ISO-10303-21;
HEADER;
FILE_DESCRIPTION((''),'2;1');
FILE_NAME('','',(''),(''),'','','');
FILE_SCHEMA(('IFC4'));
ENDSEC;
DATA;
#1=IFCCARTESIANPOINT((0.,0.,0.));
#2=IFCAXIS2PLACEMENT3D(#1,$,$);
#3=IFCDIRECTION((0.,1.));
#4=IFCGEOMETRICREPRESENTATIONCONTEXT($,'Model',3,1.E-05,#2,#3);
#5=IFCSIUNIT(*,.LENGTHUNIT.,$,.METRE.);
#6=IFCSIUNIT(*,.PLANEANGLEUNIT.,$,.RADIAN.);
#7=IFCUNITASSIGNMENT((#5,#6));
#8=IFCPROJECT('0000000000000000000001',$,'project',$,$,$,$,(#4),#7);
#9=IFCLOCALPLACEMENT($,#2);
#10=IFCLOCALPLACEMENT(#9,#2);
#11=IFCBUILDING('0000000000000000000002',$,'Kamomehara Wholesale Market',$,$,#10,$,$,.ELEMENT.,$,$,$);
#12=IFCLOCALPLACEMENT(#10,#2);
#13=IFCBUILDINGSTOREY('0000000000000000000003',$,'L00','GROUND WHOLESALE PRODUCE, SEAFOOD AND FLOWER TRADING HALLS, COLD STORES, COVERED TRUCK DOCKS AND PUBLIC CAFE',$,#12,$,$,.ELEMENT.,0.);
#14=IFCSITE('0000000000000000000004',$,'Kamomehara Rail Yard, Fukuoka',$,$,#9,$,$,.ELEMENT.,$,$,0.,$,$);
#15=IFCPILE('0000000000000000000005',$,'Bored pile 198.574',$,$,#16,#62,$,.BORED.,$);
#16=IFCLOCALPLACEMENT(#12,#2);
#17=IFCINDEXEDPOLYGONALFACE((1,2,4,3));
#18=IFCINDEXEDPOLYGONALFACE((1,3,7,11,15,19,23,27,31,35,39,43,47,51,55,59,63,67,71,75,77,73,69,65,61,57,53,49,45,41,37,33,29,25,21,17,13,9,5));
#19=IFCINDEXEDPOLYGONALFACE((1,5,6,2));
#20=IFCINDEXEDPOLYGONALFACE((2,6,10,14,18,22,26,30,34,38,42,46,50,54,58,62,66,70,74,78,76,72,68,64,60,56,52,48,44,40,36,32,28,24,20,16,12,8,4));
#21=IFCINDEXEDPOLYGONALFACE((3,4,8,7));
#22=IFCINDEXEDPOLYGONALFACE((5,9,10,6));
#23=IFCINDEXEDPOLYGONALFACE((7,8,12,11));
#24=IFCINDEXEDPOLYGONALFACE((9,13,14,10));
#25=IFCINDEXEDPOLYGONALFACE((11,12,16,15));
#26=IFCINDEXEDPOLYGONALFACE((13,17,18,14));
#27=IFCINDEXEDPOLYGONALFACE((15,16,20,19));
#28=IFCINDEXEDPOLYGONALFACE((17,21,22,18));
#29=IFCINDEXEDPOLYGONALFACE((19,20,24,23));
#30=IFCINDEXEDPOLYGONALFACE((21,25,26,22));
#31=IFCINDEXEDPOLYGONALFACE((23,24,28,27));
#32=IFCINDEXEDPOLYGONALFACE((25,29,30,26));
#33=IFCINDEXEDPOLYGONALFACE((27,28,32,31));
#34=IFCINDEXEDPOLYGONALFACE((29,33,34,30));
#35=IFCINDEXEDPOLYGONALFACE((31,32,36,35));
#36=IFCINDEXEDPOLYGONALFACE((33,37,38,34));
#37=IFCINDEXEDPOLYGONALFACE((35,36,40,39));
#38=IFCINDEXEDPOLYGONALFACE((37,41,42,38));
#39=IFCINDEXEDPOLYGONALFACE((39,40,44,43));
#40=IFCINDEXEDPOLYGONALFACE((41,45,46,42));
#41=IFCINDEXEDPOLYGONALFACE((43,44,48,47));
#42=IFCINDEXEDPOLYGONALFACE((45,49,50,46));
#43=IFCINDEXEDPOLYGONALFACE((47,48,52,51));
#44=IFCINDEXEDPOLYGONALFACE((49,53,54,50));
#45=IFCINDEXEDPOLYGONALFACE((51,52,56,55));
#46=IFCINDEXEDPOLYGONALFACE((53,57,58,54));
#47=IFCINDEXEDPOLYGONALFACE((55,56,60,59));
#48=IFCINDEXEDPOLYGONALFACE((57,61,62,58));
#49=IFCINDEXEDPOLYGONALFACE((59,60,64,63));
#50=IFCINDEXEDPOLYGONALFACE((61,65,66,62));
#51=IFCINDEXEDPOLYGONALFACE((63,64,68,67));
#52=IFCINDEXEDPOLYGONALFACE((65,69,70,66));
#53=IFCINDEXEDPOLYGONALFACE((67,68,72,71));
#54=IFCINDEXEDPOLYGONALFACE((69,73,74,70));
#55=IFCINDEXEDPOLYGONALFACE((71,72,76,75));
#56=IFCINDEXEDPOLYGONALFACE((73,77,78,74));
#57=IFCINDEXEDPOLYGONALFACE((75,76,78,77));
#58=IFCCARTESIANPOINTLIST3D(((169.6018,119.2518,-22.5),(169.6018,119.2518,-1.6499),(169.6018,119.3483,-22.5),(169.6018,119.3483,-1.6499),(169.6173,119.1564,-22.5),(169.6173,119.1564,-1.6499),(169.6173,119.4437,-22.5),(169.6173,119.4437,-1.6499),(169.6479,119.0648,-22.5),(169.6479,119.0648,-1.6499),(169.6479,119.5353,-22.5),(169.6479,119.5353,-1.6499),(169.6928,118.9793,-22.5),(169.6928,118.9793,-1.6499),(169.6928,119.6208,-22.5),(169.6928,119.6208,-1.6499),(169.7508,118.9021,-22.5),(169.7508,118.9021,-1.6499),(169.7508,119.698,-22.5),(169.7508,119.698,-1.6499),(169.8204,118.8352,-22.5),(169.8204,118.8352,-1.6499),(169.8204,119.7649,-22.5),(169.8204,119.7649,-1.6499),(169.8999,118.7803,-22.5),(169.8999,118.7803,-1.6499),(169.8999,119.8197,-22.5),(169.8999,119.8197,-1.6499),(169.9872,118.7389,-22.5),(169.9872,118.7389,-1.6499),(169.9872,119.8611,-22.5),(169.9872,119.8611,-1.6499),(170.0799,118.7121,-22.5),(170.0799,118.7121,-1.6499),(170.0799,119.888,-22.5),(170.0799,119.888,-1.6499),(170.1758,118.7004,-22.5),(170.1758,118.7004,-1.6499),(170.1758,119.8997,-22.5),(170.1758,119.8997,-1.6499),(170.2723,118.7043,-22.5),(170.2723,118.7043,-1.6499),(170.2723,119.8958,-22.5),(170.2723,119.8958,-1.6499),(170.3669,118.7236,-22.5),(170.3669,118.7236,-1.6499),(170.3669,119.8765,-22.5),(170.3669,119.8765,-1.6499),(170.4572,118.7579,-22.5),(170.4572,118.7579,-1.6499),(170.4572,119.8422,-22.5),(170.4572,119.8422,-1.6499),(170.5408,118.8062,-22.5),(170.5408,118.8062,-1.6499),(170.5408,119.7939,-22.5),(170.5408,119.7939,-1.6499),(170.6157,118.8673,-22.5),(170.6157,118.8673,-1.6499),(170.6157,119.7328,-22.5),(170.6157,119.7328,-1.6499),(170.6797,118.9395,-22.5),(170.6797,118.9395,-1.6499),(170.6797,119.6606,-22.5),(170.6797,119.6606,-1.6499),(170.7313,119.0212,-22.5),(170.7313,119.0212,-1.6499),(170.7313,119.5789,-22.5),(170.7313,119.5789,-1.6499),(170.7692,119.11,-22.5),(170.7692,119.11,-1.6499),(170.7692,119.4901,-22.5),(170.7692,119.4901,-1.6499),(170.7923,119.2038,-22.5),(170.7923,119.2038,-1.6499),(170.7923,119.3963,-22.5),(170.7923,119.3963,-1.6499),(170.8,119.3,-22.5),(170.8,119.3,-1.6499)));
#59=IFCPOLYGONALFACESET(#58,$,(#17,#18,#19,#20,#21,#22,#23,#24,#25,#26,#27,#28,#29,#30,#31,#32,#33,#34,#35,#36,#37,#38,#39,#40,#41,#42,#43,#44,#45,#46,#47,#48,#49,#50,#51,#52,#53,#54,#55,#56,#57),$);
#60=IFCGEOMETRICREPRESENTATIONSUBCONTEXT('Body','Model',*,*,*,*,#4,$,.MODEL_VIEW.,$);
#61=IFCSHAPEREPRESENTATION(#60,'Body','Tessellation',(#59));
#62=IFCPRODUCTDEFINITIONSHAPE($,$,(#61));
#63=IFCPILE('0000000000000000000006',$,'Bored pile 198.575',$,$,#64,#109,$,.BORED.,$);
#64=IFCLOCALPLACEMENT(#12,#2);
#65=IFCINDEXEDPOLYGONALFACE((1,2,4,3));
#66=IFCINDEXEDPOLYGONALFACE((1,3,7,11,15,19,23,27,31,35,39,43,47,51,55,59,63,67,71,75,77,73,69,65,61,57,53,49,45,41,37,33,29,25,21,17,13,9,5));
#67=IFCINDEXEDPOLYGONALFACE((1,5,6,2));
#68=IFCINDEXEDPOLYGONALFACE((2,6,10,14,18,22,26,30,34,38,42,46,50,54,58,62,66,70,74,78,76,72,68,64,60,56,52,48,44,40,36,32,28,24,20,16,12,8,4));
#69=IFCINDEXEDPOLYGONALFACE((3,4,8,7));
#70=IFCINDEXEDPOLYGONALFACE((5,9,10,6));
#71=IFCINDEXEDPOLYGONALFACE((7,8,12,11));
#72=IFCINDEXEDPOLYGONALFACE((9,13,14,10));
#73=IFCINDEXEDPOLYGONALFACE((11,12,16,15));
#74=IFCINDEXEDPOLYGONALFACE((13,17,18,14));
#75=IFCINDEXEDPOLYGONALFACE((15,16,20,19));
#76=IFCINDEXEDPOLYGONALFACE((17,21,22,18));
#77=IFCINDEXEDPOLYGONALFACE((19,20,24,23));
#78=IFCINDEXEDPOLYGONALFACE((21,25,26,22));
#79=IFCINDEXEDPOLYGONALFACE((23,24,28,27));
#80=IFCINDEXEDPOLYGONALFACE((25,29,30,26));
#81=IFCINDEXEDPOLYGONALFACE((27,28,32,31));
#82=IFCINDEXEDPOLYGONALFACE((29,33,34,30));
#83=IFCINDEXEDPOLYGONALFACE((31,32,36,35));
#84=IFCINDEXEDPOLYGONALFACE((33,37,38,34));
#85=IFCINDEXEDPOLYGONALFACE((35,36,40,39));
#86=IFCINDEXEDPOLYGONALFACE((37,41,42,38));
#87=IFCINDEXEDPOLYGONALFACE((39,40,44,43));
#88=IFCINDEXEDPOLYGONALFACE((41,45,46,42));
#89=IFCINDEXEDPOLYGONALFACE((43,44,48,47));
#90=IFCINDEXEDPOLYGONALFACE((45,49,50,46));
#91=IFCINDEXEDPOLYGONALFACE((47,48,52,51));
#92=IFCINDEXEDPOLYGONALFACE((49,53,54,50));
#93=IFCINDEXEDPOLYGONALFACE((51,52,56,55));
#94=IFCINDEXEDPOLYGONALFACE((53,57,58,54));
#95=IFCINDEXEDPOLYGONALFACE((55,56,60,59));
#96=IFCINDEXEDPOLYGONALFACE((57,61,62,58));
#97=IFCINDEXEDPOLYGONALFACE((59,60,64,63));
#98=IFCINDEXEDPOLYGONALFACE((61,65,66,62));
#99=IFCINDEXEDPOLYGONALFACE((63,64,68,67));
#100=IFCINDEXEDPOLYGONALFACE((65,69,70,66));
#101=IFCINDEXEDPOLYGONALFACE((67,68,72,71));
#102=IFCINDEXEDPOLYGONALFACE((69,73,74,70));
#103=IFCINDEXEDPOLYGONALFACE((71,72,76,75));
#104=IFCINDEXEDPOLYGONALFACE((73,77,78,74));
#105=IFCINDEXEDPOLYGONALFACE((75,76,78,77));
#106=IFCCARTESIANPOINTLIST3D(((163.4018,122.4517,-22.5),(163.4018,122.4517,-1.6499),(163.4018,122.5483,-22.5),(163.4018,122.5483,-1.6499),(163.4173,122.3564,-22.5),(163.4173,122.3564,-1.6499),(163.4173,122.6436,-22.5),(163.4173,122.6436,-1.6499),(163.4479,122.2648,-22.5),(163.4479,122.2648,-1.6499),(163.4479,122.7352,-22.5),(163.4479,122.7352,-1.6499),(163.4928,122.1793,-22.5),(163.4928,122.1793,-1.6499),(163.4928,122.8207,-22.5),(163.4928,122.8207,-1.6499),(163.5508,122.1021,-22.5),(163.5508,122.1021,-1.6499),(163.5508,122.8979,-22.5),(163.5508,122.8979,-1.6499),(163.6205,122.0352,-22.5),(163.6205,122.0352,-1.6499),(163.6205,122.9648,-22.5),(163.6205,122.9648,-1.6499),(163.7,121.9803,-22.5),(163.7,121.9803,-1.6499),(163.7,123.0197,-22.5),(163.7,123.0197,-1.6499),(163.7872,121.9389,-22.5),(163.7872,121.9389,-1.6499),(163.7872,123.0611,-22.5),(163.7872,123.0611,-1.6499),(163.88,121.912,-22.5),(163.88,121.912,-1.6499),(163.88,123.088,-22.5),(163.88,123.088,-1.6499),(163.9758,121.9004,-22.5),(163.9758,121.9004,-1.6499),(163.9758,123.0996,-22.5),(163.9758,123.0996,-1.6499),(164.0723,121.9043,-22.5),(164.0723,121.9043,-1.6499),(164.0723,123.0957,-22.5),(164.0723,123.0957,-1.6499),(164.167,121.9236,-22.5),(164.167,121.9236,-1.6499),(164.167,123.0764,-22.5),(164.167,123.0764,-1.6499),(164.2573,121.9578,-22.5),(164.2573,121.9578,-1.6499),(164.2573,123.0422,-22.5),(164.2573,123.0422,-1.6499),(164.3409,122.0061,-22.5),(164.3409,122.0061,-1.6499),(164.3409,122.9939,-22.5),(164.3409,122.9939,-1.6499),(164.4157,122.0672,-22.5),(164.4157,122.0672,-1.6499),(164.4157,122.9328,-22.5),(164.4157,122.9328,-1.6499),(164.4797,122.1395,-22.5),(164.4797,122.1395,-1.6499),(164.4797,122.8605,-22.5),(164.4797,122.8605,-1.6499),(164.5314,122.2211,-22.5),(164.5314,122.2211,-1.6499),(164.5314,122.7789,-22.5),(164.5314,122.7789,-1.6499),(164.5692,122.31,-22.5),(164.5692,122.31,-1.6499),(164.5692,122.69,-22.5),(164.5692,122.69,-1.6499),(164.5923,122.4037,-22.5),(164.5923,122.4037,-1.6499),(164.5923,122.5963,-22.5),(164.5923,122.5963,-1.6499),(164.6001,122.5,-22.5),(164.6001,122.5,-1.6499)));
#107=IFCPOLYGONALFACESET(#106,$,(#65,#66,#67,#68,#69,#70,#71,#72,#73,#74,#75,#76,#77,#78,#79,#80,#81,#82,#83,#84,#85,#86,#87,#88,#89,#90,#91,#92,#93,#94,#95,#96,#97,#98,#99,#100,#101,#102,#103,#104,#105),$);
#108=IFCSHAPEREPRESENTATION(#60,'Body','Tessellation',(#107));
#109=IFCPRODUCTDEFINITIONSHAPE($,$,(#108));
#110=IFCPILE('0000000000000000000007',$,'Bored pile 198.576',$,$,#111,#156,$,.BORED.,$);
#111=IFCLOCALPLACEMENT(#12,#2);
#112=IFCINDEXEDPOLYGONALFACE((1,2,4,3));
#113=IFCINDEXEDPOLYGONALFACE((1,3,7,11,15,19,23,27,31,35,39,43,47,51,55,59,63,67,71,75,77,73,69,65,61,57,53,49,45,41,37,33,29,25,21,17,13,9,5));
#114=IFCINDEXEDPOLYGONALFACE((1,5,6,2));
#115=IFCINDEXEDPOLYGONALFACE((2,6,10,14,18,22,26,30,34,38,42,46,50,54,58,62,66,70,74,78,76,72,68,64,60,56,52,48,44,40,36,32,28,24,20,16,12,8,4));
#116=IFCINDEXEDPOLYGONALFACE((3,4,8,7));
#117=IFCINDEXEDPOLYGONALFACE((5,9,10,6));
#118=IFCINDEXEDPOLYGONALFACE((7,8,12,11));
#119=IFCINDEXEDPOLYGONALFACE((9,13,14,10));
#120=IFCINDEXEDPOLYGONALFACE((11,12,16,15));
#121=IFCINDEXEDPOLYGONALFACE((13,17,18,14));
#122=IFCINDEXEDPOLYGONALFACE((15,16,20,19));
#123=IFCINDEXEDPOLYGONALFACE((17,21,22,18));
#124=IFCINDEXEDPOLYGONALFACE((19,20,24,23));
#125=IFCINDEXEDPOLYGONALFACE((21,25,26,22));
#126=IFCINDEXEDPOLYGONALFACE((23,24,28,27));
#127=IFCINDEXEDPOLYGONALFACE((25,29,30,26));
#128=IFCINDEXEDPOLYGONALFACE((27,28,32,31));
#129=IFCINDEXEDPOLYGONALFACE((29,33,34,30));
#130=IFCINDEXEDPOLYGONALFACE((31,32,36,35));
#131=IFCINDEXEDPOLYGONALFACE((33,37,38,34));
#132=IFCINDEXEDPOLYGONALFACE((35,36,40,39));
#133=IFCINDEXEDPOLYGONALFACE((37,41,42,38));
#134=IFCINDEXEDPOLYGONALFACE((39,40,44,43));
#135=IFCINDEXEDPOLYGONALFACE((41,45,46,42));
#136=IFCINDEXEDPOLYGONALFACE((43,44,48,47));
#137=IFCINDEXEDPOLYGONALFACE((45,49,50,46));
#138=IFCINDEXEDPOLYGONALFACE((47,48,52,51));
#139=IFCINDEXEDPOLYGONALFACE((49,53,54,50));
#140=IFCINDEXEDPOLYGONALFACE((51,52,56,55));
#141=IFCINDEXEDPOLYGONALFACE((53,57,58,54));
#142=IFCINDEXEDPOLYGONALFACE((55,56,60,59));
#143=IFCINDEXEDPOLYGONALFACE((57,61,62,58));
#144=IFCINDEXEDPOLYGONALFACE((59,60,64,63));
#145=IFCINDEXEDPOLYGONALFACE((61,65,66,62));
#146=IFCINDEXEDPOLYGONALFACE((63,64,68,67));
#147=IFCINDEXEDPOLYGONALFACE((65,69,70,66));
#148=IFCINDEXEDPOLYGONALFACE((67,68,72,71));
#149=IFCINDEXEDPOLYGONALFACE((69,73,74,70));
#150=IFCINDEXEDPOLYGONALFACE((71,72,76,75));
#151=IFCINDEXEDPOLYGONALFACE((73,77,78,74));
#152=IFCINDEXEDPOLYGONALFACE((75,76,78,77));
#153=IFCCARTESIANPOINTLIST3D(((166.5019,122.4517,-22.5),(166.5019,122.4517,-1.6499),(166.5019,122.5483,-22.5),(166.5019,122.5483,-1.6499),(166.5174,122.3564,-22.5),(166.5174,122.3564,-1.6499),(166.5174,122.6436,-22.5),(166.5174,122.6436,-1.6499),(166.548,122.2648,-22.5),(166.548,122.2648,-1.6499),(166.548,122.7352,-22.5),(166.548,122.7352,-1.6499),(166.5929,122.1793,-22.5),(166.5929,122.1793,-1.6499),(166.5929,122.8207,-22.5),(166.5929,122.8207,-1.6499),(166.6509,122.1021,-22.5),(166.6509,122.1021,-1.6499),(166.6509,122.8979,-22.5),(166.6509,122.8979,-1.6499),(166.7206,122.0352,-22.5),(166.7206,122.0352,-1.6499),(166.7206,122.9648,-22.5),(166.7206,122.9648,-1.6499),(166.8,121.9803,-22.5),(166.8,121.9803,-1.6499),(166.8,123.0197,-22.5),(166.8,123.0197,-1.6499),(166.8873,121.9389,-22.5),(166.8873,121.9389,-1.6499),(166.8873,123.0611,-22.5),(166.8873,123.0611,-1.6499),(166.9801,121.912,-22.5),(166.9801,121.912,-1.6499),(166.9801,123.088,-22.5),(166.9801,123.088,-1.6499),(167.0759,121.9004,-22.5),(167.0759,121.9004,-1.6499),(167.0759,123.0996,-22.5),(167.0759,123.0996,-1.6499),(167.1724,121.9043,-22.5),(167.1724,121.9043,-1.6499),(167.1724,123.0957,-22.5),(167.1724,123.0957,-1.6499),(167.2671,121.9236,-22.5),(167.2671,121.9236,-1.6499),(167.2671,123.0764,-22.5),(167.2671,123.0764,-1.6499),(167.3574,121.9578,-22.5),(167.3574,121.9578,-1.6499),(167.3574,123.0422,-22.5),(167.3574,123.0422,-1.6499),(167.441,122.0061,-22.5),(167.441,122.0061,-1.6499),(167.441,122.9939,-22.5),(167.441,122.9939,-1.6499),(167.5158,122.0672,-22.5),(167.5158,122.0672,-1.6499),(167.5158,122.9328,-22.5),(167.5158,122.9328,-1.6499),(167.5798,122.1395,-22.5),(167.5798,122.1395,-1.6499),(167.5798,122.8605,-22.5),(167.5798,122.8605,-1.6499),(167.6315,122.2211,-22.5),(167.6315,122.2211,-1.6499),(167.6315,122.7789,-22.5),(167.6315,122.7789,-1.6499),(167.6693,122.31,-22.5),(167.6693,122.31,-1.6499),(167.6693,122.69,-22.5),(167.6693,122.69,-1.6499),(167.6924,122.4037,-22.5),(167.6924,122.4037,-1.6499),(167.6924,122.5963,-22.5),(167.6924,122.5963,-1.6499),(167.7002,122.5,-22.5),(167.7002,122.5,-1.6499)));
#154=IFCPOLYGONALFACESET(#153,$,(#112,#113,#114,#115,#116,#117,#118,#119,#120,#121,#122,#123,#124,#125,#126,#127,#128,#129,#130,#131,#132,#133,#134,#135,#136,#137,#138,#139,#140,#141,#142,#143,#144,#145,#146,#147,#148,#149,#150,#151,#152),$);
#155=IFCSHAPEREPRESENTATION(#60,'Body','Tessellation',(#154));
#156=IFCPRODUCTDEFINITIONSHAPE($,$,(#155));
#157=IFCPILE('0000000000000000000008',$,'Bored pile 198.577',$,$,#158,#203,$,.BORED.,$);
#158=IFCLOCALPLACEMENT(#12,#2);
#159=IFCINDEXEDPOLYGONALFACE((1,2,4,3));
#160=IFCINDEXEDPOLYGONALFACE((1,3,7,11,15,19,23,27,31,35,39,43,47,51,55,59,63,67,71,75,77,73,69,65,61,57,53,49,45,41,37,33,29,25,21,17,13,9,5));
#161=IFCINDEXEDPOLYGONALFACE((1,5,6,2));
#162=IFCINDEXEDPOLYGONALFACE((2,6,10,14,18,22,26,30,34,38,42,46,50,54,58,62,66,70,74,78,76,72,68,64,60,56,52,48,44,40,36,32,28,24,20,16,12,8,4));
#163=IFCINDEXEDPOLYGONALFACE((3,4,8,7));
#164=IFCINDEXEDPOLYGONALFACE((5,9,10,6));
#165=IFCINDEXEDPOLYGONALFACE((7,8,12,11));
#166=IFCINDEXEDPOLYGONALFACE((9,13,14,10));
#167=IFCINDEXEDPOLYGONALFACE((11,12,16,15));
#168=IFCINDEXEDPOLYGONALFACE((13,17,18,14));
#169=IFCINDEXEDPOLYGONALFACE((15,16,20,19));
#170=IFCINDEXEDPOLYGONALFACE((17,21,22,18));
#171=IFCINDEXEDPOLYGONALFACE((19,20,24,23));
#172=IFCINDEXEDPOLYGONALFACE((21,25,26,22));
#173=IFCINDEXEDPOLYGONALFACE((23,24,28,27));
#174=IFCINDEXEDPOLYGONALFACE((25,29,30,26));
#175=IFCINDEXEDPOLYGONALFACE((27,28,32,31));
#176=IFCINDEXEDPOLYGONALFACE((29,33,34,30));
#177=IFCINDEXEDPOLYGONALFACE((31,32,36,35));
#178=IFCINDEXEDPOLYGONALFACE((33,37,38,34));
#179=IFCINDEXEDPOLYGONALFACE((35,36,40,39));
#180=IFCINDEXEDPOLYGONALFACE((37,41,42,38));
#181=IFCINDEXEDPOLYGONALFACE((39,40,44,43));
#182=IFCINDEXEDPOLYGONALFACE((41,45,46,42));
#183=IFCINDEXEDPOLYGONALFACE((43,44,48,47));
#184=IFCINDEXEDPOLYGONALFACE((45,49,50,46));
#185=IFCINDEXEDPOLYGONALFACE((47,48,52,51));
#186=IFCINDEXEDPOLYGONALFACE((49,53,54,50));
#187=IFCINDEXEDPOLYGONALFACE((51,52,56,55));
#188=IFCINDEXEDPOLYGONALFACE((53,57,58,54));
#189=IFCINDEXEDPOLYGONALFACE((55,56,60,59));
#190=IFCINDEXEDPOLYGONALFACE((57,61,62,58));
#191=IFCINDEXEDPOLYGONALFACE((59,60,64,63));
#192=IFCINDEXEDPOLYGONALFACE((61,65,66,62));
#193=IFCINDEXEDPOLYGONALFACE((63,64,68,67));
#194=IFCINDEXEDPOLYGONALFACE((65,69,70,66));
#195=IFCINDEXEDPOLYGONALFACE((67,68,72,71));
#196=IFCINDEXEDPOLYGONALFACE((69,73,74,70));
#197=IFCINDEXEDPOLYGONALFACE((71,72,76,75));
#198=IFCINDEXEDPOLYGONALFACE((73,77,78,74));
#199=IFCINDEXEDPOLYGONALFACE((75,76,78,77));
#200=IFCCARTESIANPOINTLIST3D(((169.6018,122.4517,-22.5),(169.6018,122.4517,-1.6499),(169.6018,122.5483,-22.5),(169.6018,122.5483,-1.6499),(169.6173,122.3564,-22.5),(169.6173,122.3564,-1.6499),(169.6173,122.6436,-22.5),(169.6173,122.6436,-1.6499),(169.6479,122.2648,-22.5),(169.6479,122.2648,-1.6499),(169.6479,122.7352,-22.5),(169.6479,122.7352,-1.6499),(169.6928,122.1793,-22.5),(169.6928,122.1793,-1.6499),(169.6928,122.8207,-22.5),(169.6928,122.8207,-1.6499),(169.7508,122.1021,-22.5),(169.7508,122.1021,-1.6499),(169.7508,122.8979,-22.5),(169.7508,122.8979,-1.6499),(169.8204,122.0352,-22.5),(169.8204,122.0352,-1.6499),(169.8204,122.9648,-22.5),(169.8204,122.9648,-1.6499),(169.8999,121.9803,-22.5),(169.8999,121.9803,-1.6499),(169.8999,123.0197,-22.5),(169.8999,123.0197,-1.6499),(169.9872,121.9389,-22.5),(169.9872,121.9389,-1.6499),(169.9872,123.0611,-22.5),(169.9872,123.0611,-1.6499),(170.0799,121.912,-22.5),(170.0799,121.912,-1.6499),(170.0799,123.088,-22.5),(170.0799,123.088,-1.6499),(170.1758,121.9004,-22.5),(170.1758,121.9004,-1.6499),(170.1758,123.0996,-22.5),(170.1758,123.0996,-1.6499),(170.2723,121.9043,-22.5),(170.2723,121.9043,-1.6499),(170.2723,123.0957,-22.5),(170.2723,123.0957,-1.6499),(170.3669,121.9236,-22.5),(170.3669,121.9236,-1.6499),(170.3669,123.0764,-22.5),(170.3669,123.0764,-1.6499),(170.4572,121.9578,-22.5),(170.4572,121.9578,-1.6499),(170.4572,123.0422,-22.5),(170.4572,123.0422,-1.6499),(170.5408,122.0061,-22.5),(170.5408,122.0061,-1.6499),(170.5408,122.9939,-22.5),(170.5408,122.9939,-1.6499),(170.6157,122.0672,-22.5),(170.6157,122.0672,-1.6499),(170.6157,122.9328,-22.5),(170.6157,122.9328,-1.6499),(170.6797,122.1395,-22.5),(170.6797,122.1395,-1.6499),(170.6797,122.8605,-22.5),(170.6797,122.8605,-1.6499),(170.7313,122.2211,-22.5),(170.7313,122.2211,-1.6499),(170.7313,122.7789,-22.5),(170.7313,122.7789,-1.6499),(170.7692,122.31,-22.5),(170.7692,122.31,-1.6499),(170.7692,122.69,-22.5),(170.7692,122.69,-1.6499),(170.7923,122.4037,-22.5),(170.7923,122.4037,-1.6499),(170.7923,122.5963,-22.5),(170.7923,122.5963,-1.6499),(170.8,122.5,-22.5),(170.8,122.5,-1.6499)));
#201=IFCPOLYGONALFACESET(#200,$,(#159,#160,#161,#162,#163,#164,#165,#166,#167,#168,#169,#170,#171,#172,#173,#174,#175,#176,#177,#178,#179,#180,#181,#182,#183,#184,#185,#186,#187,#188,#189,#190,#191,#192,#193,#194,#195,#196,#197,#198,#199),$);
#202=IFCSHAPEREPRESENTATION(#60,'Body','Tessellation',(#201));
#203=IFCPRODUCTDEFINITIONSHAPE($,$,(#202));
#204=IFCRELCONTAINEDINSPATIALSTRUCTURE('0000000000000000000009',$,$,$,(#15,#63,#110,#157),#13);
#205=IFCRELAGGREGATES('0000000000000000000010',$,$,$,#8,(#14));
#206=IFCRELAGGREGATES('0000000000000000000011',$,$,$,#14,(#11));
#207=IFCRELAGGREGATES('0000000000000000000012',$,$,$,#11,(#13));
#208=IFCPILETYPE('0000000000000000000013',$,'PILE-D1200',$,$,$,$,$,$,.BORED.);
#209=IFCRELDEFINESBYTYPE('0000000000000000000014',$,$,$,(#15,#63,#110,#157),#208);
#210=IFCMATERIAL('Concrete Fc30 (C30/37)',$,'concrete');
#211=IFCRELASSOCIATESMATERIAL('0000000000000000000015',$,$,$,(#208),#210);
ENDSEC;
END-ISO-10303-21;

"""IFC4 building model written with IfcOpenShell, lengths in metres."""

from ifc_helpers import new_model, si_unit, direction, frame, origin, origin_2d, place, context, subcontext, project, spatial, circle, extrude, material, material_profile, profile_set, type_object, element, save


model = new_model("IFC4")

# Units and contexts
model_context = context("Model", 3, precision=1e-05, world=origin(), true_north=direction((0.0, 1.0)))
body_context = subcontext(model_context, "Body", "Model", "MODEL_VIEW")
ifc_project = project(units=[si_unit("LENGTHUNIT", "METRE"), si_unit("PLANEANGLEUNIT", "RADIAN")], contexts=[model_context])

# Site, building, storey
site_placement = place(None, origin())
site = spatial("IfcSite", under=ifc_project, at=site_placement, Name="Kamomehara Rail Yard, Fukuoka", CompositionType="ELEMENT", RefElevation=0.0)
building_placement = place(site_placement, origin())
building = spatial("IfcBuilding", under=site, at=building_placement, Name="Kamomehara Wholesale Market", CompositionType="ELEMENT")
storey_placement = place(building_placement, origin())
storey = spatial("IfcBuildingStorey", under=building, at=storey_placement, Name="L00", Description="GROUND WHOLESALE PRODUCE, SEAFOOD AND FLOWER TRADING HALLS, COLD STORES, COVERED TRUCK DOCKS AND PUBLIC CAFE", CompositionType="ELEMENT", Elevation=0.0)

# Piles
ifc_material_1 = material(Name="Concrete Fc30 (C30/37)", Category="concrete")
ifc_material_profile_1 = material_profile(ifc_material_1, circle(Radius=0.6001, at=origin_2d()), Name="RC-PILE-D1200")
ifc_profile_set_1 = profile_set([ifc_material_profile_1], Name="Concrete Fc30 (C30/37)")
pile_type = type_object("IfcPileType", Name="PILE-D1200", PredefinedType="BORED", material=ifc_profile_set_1)
for number, where, z_axis, x_axis, name in (
    (1, (170.2, 119.3, -1.6499), (0.0, 0.0, -1.0), (1.0, 0.0, 0.0), "Bored pile 198.574"),
    (2, (164.0, 122.5, -1.6499), (0.0, 0.0, -1.0), (1.0, 0.0, 0.0), "Bored pile 198.575"),
    (3, (167.1001, 122.5, -1.6499), (0.0, 0.0, -1.0), (1.0, 0.0, 0.0), "Bored pile 198.576"),
    (4, (170.2, 122.5, -1.6499), (0.0, 0.0, -1.0), (1.0, 0.0, 0.0), "Bored pile 198.577"),
):
    element("IfcPile", number, at=place(storey_placement, frame(where, z_axis=z_axis, x_axis=x_axis)), inside=storey, type_object=pile_type, Name=name, PredefinedType="BORED", context=body_context, shape_type="SweptSolid", body=[
        extrude(circle(Radius=0.6001, at=origin_2d()), origin(), (0.0, 0.0, 1.0), 20.8501),
    ])

save(model, "model.ifc")
